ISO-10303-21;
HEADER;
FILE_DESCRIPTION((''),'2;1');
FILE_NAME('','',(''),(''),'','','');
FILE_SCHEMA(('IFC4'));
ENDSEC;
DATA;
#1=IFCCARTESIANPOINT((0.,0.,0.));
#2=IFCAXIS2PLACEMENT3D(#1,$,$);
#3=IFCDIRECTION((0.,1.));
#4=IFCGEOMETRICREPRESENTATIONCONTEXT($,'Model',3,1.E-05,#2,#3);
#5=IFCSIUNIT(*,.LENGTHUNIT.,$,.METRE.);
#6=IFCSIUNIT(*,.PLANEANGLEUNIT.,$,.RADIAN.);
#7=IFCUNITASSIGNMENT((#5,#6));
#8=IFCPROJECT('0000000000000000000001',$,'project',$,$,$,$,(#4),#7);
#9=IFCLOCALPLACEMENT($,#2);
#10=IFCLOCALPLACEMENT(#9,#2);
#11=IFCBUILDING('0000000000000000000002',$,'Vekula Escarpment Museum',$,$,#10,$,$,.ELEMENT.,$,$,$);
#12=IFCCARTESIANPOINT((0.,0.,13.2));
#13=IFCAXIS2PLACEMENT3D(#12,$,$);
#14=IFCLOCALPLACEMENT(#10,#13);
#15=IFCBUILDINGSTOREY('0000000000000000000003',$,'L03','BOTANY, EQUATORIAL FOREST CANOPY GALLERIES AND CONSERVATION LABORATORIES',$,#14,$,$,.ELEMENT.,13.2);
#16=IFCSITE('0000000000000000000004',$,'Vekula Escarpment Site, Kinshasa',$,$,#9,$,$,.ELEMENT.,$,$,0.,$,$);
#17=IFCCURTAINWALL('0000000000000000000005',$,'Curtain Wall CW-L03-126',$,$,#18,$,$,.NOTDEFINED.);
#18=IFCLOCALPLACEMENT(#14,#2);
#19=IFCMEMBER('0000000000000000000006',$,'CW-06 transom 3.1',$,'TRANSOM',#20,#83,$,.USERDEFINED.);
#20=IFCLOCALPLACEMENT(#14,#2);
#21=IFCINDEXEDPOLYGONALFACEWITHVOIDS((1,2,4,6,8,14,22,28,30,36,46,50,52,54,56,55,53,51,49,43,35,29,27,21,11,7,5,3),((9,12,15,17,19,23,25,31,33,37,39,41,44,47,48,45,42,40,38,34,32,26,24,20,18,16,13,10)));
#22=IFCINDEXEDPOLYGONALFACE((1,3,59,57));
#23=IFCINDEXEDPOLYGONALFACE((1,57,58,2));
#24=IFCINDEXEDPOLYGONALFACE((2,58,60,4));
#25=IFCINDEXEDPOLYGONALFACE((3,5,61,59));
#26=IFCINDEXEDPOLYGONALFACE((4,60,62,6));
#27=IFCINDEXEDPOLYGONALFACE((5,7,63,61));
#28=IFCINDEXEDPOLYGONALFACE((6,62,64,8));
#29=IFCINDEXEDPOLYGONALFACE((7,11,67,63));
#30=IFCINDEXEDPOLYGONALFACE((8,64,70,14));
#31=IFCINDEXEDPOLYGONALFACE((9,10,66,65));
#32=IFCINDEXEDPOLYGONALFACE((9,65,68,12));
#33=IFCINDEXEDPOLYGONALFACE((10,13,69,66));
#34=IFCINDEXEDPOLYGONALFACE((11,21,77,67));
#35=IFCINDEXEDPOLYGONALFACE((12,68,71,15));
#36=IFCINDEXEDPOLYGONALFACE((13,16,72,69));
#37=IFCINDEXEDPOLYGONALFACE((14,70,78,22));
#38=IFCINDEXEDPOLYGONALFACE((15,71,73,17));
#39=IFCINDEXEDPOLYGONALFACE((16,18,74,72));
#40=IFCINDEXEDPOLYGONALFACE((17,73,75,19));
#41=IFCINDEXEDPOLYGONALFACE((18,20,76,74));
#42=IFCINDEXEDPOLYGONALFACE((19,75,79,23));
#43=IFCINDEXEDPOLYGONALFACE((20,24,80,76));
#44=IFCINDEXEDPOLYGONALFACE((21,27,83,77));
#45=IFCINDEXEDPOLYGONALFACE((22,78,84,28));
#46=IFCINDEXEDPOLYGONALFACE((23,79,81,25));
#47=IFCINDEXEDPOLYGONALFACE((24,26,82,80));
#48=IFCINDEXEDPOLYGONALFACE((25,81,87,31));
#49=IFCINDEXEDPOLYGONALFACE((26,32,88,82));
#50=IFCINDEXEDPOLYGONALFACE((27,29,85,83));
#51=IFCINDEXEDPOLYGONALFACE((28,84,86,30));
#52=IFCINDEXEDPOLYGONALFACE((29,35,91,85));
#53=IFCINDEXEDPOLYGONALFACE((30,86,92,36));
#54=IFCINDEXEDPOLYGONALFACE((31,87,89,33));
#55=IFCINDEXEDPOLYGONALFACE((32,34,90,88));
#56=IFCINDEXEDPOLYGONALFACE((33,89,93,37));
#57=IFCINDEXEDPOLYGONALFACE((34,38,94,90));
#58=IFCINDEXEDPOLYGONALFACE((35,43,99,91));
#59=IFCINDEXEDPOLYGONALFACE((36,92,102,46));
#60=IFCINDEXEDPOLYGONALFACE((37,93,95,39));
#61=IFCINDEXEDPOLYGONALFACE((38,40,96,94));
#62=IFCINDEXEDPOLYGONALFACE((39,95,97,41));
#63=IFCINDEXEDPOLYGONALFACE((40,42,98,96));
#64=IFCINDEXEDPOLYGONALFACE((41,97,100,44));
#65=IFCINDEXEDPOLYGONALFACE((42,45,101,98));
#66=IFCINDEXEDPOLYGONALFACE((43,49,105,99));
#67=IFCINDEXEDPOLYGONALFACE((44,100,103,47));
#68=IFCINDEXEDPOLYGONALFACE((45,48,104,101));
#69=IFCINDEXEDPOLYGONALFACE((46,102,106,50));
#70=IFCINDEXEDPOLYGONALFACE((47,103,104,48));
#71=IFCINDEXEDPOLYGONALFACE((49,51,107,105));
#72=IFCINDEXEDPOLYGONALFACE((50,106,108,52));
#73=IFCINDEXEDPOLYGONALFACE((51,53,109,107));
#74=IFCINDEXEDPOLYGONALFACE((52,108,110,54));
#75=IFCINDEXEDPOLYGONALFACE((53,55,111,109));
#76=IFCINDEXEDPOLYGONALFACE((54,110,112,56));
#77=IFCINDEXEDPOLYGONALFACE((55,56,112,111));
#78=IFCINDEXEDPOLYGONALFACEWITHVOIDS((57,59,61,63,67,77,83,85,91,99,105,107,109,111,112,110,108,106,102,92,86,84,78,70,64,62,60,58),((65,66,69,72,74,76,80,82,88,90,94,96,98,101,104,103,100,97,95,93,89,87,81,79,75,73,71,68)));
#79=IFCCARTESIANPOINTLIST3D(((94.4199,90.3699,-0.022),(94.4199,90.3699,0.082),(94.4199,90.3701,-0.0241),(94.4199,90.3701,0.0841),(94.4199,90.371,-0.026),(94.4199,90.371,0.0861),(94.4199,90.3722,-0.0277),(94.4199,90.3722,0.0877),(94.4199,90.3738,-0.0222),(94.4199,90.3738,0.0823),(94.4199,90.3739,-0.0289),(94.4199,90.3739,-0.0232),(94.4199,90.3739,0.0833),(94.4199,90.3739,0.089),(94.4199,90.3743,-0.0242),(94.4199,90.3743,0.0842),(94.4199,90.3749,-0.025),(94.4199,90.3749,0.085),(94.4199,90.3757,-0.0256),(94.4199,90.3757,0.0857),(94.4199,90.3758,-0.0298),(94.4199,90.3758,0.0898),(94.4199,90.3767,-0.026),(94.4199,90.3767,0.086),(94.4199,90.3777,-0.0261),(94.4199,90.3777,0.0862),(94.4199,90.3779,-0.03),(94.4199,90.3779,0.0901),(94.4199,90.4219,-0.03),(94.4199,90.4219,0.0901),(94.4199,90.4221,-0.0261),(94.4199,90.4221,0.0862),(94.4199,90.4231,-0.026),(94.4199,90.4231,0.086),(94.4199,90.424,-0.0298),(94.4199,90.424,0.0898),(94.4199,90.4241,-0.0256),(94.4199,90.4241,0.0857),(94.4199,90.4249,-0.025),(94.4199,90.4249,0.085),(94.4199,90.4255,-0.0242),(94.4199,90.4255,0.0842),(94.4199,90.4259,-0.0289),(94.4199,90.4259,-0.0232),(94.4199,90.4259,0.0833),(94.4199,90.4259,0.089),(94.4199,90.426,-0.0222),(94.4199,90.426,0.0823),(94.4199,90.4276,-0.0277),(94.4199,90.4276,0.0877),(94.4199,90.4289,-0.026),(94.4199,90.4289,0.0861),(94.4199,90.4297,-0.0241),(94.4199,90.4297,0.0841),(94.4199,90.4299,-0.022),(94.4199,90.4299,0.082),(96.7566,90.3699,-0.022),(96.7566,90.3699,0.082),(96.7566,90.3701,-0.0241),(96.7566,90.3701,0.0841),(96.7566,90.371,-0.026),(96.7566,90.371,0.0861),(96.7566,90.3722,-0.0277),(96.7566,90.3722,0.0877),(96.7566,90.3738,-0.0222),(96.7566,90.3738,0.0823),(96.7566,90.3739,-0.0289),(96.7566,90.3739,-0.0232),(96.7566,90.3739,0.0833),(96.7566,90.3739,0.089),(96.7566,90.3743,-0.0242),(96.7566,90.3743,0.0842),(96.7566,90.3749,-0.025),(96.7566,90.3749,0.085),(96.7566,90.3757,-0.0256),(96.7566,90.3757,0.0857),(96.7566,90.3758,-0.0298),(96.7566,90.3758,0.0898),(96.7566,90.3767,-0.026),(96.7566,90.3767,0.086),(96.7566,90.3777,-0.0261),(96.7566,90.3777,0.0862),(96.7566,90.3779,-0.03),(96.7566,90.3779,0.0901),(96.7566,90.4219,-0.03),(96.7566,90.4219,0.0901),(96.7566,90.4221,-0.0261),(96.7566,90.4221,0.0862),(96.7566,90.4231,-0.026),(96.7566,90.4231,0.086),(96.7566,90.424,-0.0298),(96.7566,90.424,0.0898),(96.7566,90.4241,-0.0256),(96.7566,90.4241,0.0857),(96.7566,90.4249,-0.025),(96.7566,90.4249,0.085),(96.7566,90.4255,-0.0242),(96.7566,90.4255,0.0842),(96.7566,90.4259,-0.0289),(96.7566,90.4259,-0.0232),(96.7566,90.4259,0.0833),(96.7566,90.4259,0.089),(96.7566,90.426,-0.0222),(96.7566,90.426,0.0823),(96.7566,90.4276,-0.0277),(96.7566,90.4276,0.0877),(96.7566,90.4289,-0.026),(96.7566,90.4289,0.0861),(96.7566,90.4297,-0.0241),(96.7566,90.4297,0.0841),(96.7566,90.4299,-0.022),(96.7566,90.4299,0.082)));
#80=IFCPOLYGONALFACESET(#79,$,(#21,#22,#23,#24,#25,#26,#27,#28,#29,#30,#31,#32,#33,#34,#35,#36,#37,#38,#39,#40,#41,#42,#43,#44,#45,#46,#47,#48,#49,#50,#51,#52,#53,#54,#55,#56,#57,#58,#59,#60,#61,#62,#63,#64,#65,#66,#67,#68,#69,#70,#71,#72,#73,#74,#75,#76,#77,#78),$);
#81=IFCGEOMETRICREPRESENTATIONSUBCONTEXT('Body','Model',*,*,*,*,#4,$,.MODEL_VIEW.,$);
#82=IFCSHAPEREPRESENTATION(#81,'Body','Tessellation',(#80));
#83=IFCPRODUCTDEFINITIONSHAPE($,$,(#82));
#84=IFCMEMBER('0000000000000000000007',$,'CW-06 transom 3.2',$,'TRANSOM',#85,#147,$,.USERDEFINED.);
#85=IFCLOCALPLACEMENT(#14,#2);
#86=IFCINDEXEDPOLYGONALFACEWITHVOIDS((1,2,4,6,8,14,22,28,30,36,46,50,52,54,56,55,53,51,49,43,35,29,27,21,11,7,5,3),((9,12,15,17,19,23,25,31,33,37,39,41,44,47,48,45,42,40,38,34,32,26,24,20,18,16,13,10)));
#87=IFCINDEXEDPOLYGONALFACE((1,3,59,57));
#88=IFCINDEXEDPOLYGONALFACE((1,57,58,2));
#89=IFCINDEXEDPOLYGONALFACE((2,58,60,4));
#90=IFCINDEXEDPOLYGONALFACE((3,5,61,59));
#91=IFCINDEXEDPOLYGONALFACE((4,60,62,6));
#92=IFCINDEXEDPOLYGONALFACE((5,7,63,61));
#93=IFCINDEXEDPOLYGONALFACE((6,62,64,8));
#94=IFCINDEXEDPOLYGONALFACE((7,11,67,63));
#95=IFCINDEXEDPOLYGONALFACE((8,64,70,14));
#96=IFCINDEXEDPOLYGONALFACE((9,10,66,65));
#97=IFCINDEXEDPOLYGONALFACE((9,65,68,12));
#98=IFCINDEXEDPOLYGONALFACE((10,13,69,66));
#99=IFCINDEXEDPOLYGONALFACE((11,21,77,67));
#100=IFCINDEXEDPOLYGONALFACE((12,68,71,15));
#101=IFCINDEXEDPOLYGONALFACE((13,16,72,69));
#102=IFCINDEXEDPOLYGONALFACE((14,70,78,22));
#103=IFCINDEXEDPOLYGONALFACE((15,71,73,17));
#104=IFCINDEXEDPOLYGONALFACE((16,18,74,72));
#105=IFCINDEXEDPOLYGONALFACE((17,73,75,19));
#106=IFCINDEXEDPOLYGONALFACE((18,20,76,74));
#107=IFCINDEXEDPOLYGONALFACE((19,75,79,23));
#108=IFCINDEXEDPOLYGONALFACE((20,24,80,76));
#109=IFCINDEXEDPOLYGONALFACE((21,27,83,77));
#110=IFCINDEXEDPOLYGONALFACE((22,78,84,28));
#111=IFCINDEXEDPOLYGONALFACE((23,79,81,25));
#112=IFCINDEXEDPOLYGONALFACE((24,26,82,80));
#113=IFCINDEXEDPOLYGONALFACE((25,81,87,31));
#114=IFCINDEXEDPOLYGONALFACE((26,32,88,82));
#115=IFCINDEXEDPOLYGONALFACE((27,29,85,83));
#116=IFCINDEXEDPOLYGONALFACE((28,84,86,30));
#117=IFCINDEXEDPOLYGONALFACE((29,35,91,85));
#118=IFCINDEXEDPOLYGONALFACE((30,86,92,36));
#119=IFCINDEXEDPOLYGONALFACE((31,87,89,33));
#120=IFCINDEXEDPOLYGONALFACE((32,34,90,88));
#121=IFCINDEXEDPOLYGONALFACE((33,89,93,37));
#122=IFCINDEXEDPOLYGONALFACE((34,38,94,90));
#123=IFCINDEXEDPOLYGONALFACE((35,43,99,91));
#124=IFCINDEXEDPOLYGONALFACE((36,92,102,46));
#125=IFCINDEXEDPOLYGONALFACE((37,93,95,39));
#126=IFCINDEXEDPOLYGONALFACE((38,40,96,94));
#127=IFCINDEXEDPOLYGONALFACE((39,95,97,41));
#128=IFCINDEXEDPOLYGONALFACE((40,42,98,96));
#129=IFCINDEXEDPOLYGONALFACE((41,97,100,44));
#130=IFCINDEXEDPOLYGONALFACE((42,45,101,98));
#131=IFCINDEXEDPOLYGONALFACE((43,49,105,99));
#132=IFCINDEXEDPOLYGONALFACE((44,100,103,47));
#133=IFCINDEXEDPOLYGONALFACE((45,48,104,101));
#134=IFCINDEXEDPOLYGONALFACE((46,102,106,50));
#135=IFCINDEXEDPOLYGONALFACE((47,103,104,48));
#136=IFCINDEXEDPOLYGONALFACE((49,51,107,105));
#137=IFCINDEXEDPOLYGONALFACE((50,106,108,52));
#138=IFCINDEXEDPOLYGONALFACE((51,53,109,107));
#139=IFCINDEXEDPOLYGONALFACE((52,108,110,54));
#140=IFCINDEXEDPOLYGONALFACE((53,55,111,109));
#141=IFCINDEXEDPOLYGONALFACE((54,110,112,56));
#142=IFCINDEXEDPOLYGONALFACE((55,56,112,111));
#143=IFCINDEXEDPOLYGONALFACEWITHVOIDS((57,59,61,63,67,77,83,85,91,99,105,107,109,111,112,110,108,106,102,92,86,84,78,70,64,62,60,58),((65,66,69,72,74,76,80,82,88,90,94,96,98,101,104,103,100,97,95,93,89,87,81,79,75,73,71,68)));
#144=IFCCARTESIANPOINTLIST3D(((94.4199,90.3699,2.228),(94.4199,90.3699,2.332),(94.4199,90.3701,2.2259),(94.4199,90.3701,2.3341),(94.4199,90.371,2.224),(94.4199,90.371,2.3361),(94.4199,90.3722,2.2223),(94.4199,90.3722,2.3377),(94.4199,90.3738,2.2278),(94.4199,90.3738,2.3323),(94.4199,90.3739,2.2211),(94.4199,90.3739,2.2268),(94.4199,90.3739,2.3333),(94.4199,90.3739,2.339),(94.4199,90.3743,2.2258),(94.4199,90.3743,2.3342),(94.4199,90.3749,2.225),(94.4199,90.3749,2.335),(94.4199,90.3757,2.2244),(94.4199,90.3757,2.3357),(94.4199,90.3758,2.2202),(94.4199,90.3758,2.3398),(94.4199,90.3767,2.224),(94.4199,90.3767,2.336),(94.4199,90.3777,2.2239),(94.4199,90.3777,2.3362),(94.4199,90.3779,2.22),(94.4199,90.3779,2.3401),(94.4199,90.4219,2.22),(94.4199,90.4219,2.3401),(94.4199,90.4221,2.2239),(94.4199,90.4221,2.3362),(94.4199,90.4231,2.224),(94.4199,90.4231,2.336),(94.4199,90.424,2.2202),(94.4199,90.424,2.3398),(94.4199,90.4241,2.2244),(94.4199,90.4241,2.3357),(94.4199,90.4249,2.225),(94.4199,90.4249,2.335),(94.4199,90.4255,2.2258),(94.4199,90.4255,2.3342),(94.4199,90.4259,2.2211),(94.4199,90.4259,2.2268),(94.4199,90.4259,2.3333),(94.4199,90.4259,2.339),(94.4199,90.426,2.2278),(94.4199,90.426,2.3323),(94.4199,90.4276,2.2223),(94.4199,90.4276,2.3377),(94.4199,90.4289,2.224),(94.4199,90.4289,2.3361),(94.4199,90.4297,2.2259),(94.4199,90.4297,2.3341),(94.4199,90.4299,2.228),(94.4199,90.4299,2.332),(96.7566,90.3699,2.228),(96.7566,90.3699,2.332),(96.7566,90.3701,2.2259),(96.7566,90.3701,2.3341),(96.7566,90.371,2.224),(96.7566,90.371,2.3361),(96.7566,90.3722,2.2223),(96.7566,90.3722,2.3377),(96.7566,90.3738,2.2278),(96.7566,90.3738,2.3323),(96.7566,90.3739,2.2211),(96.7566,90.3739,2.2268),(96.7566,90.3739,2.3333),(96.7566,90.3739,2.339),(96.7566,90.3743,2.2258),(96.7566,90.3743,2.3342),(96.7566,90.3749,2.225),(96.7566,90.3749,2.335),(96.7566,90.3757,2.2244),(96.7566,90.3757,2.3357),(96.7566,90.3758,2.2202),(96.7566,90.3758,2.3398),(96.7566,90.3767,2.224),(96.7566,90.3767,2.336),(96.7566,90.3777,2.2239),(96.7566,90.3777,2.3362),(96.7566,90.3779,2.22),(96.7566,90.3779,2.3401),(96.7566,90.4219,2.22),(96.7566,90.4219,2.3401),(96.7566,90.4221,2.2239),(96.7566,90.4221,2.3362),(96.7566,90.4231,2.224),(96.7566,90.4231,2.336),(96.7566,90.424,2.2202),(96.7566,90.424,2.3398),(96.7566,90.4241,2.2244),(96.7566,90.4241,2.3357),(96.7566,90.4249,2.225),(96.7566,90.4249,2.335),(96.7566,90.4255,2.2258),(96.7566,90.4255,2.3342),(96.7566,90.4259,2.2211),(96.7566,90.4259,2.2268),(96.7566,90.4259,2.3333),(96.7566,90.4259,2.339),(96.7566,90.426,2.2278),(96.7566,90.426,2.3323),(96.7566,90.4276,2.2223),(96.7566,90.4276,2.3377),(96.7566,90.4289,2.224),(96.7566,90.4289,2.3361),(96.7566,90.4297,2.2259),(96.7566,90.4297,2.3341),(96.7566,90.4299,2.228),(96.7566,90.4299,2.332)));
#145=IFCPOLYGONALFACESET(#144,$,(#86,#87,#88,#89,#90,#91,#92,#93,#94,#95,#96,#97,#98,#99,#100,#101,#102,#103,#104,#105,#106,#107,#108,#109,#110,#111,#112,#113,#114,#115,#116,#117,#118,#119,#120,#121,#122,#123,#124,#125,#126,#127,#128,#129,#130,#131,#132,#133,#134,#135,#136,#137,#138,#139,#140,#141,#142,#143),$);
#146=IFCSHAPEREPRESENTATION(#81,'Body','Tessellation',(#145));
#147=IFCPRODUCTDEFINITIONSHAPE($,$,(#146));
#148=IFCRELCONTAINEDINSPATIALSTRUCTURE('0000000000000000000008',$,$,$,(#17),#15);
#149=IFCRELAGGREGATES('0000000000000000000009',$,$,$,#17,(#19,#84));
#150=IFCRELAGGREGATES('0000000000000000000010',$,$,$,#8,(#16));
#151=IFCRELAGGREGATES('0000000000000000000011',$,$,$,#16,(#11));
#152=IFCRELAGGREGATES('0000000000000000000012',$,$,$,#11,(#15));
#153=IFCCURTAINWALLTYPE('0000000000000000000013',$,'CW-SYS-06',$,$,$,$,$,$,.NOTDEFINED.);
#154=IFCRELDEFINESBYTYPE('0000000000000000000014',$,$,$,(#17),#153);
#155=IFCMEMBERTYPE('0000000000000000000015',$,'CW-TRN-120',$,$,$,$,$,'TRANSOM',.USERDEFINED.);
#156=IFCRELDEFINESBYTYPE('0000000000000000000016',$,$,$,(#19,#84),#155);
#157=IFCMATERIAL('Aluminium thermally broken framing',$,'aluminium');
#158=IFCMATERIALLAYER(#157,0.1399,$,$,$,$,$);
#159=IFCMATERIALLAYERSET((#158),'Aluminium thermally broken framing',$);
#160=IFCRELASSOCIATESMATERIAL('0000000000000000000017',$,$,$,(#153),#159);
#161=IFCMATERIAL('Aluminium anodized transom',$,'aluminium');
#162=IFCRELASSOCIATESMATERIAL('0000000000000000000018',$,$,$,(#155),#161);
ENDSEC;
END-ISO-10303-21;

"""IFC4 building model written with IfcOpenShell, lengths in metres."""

from ifc_helpers import new_model, si_unit, direction, frame, origin, origin_2d, place, context, subcontext, project, spatial, hollow_rectangle, extrude, material, layer, layer_set, material_profile, profile_set, type_object, element, aggregate, save


model = new_model("IFC4")

# Units and contexts
model_context = context("Model", 3, precision=1e-05, world=origin(), true_north=direction((0.0, 1.0)))
body_context = subcontext(model_context, "Body", "Model", "MODEL_VIEW")
ifc_project = project(units=[si_unit("LENGTHUNIT", "METRE"), si_unit("PLANEANGLEUNIT", "RADIAN")], contexts=[model_context])

# Site, building, storey
site_placement = place(None, origin())
site = spatial("IfcSite", under=ifc_project, at=site_placement, Name="Vekula Escarpment Site, Kinshasa", CompositionType="ELEMENT", RefElevation=0.0)
building_placement = place(site_placement, origin())
building = spatial("IfcBuilding", under=site, at=building_placement, Name="Vekula Escarpment Museum", CompositionType="ELEMENT")
storey_placement = place(building_placement, frame((0.0, 0.0, 13.2)))
storey = spatial("IfcBuildingStorey", under=building, at=storey_placement, Name="L03", Description="BOTANY, EQUATORIAL FOREST CANOPY GALLERIES AND CONSERVATION LABORATORIES", CompositionType="ELEMENT", Elevation=13.2)

# Curtain wall
ifc_material_1 = material(Name="Aluminium thermally broken framing", Category="aluminium")
ifc_layer_1 = layer(ifc_material_1, 0.1399)
ifc_layer_set_1 = layer_set([ifc_layer_1], Name="Aluminium thermally broken framing")
curtain_wall_type_1 = type_object("IfcCurtainWallType", Name="CW-SYS-06", PredefinedType="NOTDEFINED", material=ifc_layer_set_1)
curtain_wall_1_placement = place(storey_placement, origin())
curtain_wall_1 = element("IfcCurtainWall", 1, at=curtain_wall_1_placement, inside=storey, type_object=curtain_wall_type_1, Name="Curtain Wall CW-L03-126", PredefinedType="NOTDEFINED")

# Members
ifc_material_2 = material(Name="Aluminium anodized transom", Category="aluminium")
ifc_material_profile_1 = material_profile(ifc_material_2, hollow_rectangle(XDim=0.0601, YDim=0.1201, WallThickness=0.0039, InnerFilletRadius=0.0039, OuterFilletRadius=0.0081, at=origin_2d()), Name="ALU 120x60x4")
ifc_profile_set_1 = profile_set([ifc_material_profile_1], Name="Aluminium anodized transom")
member_type_1 = type_object("IfcMemberType", Name="CW-TRN-120", ElementType="TRANSOM", PredefinedType="USERDEFINED", material=ifc_profile_set_1)
member_1_placement = place(storey_placement, frame((96.7566, 90.3999, 0.03), z_axis=(-1.0, 0.0, 0.0), x_axis=(0.0, -1.0, 0.0)))
member_1 = element("IfcMember", 2, at=member_1_placement, type_object=member_type_1, Name="CW-06 transom 3.1", ObjectType="TRANSOM", PredefinedType="USERDEFINED", context=body_context, shape_type="SweptSolid", body=[
    extrude(hollow_rectangle(XDim=0.0601, YDim=0.1201, WallThickness=0.0039, InnerFilletRadius=0.0039, OuterFilletRadius=0.0081, at=origin_2d()), origin(), (0.0, 0.0, 1.0), 2.3367),
])
member_2_placement = place(storey_placement, frame((96.7566, 90.3999, 2.28), z_axis=(-1.0, 0.0, 0.0), x_axis=(0.0, -1.0, 0.0)))
member_2 = element("IfcMember", 3, at=member_2_placement, type_object=member_type_1, Name="CW-06 transom 3.2", ObjectType="TRANSOM", PredefinedType="USERDEFINED", context=body_context, shape_type="SweptSolid", body=[
    extrude(hollow_rectangle(XDim=0.0601, YDim=0.1201, WallThickness=0.0039, InnerFilletRadius=0.0039, OuterFilletRadius=0.0081, at=origin_2d()), origin(), (0.0, 0.0, 1.0), 2.3367),
])

aggregate(curtain_wall_1, [member_1, member_2])

save(model, "model.ifc")
